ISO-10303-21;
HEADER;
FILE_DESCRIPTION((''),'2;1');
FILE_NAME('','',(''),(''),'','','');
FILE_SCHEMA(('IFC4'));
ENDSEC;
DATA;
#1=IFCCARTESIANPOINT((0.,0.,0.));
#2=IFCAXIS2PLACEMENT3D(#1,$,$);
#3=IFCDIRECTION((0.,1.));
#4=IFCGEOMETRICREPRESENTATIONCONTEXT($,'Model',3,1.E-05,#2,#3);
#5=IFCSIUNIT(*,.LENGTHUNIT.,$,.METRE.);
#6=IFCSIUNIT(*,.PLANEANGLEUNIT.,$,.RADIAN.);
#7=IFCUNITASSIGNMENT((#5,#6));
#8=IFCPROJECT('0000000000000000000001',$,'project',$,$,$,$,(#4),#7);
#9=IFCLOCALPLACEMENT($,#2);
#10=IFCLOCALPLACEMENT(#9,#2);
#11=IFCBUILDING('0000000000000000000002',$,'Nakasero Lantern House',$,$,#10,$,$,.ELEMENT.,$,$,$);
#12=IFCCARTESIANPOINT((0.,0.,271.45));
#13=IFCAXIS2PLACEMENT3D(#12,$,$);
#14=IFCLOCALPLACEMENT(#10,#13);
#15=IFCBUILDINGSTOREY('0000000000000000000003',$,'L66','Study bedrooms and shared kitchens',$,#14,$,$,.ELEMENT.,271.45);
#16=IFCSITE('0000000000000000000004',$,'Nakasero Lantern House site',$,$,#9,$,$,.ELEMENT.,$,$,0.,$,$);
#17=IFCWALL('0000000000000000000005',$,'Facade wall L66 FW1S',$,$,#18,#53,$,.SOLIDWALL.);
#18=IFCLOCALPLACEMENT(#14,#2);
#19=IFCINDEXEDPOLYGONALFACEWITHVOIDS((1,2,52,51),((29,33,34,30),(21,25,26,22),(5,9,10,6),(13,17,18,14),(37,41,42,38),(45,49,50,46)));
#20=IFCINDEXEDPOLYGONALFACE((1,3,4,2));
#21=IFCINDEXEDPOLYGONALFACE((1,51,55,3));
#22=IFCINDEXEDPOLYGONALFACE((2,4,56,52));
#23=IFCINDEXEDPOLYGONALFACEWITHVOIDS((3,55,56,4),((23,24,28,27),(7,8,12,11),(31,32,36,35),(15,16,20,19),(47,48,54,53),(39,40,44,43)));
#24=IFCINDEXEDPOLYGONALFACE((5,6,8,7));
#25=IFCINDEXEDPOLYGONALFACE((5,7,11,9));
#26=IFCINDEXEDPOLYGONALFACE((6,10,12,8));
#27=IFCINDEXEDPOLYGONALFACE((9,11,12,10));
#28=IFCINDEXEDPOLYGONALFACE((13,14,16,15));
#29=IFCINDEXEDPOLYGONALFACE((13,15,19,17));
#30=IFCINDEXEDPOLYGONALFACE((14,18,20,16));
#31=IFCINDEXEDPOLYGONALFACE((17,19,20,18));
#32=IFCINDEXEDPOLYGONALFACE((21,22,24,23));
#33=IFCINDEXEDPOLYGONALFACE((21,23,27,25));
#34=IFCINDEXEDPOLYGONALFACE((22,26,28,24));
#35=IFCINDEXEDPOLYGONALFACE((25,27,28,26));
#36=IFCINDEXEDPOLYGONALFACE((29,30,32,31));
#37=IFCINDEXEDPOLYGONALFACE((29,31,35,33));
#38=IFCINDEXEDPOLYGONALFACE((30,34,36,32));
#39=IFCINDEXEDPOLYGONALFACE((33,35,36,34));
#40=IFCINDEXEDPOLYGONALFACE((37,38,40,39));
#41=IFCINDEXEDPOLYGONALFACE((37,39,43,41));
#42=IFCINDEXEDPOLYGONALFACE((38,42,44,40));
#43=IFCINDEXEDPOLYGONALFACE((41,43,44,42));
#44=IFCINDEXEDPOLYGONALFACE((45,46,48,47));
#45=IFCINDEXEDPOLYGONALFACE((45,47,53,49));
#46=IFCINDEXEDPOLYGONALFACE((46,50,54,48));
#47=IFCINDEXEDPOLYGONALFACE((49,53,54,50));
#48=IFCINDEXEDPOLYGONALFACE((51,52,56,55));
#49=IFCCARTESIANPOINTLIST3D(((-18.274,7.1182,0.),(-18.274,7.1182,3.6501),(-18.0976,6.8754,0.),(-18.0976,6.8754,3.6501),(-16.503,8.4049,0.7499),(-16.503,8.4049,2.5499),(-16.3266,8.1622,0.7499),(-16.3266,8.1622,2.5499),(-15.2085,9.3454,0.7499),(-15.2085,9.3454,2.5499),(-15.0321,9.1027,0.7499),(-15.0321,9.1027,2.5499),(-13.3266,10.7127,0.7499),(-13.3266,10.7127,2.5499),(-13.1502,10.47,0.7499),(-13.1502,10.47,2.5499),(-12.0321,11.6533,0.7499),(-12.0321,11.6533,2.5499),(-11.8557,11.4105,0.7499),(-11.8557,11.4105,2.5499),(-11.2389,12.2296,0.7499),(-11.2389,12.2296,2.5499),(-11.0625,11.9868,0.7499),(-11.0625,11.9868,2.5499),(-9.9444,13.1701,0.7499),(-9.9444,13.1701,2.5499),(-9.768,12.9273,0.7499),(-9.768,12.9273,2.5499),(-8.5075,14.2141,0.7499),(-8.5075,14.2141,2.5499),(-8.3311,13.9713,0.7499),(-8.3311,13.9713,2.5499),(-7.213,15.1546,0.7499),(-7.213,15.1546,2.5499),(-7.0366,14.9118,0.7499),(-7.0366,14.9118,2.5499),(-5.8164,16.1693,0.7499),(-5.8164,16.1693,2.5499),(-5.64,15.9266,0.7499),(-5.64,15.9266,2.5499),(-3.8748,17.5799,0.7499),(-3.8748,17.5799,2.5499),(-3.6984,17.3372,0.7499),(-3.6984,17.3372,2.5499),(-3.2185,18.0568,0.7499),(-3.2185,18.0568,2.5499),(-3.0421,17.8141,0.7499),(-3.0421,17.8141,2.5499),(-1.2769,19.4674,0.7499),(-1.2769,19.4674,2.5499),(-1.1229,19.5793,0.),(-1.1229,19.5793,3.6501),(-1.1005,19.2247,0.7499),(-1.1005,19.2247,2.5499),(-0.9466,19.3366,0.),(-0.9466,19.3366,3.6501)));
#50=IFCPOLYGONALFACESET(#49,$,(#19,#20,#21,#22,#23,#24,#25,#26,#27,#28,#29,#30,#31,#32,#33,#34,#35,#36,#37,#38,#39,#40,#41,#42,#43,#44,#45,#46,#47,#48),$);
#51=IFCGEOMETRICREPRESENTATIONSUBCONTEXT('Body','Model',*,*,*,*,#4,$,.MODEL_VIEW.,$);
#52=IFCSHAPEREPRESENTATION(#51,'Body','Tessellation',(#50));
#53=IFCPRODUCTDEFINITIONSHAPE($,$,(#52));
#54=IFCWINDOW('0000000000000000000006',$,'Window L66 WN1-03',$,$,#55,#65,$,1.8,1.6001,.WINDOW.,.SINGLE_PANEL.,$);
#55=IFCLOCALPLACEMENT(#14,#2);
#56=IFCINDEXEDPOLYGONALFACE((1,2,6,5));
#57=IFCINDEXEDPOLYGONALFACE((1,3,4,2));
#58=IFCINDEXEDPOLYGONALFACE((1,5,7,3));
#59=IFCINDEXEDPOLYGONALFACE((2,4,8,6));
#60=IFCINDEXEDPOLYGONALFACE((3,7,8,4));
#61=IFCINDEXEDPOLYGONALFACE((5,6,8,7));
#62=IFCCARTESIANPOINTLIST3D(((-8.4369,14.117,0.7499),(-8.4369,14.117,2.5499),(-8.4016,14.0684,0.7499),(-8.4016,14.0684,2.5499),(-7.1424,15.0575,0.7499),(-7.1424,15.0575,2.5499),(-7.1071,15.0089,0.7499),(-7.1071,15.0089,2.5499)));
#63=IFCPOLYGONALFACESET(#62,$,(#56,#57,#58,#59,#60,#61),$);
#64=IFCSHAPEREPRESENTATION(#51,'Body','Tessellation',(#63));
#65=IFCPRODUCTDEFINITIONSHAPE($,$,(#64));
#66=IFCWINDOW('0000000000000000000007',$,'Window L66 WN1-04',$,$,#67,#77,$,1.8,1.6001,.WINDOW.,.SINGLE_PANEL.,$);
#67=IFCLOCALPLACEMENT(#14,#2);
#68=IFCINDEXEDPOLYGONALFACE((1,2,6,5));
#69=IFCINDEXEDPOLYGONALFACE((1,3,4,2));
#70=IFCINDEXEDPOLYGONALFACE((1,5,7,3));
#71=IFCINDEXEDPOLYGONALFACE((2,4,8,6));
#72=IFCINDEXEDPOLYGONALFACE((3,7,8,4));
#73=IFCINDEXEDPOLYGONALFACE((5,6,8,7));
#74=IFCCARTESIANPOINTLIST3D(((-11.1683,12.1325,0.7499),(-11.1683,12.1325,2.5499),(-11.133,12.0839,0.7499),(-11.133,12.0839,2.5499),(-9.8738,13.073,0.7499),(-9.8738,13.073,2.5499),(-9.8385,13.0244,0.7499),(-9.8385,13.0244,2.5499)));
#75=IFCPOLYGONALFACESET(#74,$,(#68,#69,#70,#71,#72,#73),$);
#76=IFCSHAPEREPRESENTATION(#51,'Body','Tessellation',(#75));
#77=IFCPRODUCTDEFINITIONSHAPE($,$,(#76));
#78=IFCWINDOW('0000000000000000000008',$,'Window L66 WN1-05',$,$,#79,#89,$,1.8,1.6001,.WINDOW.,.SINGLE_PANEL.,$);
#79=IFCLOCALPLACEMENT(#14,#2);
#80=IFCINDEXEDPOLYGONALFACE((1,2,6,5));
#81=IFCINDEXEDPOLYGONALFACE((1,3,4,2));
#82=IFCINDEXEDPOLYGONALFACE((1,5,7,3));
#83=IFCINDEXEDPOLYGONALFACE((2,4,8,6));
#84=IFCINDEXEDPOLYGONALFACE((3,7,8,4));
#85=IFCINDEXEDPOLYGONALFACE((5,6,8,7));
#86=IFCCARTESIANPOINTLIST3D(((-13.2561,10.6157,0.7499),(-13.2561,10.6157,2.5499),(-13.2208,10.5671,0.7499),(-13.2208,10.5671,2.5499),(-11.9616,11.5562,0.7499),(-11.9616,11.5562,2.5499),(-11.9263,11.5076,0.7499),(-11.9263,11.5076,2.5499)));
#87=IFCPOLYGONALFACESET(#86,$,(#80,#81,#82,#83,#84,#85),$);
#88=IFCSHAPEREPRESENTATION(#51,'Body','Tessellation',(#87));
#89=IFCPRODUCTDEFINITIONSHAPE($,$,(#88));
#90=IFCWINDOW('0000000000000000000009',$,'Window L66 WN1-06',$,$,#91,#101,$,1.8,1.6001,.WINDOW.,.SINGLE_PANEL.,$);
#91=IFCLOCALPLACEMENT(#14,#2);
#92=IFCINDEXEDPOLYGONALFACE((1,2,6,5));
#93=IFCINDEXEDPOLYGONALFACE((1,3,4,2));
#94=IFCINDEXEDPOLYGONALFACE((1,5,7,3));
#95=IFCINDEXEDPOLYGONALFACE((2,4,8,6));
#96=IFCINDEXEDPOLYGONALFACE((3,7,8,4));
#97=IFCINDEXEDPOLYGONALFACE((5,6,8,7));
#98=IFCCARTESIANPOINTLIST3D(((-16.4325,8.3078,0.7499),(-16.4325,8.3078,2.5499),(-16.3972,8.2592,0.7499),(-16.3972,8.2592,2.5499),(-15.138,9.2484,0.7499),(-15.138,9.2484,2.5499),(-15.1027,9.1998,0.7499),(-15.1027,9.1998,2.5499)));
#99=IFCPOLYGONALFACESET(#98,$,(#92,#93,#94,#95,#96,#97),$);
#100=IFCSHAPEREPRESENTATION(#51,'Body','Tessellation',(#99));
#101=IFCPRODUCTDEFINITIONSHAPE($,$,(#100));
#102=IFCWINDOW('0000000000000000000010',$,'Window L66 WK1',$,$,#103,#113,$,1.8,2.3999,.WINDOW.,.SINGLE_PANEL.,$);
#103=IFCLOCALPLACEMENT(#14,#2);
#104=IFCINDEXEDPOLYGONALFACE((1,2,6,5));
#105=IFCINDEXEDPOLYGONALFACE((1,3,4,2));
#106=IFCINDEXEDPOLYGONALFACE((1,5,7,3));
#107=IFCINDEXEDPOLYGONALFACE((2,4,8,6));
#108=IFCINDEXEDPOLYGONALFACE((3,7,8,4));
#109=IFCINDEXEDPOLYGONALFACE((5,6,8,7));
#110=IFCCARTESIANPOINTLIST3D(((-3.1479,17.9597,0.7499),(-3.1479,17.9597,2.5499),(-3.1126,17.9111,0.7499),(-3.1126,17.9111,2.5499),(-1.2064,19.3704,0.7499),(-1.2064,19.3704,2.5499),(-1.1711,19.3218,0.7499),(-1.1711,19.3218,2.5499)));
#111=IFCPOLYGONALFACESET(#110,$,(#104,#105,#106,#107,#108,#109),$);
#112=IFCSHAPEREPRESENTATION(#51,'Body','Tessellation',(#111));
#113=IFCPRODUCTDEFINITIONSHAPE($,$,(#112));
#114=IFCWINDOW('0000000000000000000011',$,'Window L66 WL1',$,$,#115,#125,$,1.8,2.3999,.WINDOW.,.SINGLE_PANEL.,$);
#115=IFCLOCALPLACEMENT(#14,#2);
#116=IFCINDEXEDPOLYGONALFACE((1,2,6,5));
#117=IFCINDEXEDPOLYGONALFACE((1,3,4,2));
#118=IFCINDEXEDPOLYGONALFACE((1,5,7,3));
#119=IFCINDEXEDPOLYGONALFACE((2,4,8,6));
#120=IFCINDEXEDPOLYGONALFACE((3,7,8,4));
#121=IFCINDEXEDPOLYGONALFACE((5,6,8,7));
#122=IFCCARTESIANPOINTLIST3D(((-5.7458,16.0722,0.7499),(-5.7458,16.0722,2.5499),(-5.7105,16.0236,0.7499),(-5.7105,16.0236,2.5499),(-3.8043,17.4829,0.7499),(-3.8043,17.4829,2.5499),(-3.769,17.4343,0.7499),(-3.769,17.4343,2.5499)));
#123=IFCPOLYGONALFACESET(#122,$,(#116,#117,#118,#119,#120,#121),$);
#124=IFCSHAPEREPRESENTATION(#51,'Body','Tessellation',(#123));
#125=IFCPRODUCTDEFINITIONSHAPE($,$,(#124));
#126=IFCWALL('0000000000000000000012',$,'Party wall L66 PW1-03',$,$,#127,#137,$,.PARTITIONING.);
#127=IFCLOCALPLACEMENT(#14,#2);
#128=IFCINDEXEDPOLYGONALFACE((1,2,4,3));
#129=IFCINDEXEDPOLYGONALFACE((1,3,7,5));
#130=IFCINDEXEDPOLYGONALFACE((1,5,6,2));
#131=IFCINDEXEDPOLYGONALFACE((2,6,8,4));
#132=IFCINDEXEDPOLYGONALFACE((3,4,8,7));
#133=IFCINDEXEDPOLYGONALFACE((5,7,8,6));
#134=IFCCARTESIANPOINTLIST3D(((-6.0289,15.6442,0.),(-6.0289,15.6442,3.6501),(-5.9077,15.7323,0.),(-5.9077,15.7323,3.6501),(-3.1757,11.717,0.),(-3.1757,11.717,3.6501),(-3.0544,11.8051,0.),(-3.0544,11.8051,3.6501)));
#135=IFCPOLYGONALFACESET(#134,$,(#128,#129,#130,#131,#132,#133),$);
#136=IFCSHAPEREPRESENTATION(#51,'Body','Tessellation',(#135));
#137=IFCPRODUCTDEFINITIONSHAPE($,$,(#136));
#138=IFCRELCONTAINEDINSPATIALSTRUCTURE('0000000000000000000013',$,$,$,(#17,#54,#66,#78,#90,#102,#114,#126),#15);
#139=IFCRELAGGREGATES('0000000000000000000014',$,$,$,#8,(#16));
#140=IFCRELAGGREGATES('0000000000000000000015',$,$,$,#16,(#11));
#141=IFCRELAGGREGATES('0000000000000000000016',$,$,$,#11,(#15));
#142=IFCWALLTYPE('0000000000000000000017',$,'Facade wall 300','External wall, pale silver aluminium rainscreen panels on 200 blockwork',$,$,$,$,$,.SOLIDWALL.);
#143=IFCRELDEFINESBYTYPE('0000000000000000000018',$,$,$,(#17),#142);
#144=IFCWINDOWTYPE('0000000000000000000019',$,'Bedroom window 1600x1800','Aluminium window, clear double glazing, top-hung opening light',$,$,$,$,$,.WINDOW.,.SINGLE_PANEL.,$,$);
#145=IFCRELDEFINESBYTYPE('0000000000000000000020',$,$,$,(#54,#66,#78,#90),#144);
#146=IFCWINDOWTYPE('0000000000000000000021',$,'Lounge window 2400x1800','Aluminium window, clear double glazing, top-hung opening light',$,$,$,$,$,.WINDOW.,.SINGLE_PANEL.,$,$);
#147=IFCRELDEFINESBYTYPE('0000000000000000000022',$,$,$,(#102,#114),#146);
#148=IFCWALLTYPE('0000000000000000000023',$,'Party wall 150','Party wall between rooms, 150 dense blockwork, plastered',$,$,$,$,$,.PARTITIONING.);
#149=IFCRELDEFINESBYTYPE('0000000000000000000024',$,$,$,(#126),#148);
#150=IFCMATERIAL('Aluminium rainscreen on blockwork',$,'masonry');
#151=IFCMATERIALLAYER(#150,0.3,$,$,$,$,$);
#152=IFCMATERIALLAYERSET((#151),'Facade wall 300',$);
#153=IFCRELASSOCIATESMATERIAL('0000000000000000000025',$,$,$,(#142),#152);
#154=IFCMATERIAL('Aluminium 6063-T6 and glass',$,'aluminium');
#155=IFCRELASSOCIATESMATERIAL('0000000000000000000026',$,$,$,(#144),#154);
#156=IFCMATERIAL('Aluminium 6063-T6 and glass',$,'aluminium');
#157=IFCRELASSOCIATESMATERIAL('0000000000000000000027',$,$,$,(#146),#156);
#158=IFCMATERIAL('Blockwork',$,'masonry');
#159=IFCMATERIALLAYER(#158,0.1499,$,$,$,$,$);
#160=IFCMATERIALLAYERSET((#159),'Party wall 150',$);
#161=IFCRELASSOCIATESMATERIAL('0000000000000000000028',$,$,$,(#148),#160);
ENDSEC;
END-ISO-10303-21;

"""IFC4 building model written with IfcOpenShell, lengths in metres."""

from ifc_helpers import new_model, si_unit, direction, frame, frame_2d, origin, place, context, subcontext, project, spatial, rectangle, extrude, material, layer, layer_set, type_object, element, fill, save


model = new_model("IFC4")

# Units and contexts
model_context = context("Model", 3, precision=1e-05, world=origin(), true_north=direction((0.0, 1.0)))
body_context = subcontext(model_context, "Body", "Model", "MODEL_VIEW")
ifc_project = project(units=[si_unit("LENGTHUNIT", "METRE"), si_unit("PLANEANGLEUNIT", "RADIAN")], contexts=[model_context])

# Site, building, storey
site_placement = place(None, origin())
site = spatial("IfcSite", under=ifc_project, at=site_placement, Name="Nakasero Lantern House site", CompositionType="ELEMENT", RefElevation=0.0)
building_placement = place(site_placement, origin())
building = spatial("IfcBuilding", under=site, at=building_placement, Name="Nakasero Lantern House", CompositionType="ELEMENT")
storey_placement = place(building_placement, frame((0.0, 0.0, 271.45)))
storey = spatial("IfcBuildingStorey", under=building, at=storey_placement, Name="L66", Description="Study bedrooms and shared kitchens", CompositionType="ELEMENT", Elevation=271.45)

# Wall, openings, windows
ifc_material_1 = material(Name="Aluminium rainscreen on blockwork", Category="masonry")
ifc_layer_1 = layer(ifc_material_1, 0.3)
ifc_layer_set_1 = layer_set([ifc_layer_1], Name="Facade wall 300")
wall_type_1 = type_object("IfcWallType", Name="Facade wall 300", Description="External wall, pale silver aluminium rainscreen panels on 200 blockwork", PredefinedType="SOLIDWALL", material=ifc_layer_set_1)
wall_1_placement = place(storey_placement, frame((-1.0347, 19.458, 0.0), z_axis=(0.0, 0.0, 1.0), x_axis=(-0.809013, -0.58779, 0.0)))
wall_1 = element("IfcWall", 1, at=wall_1_placement, inside=storey, type_object=wall_type_1, Name="Facade wall L66 FW1S", PredefinedType="SOLIDWALL", context=body_context, shape_type="SweptSolid", body=[
    extrude(rectangle(XDim=21.2, YDim=0.3, at=frame_2d((10.6001, 0.0))), origin(), (0.0, 0.0, 1.0), 3.6501),
])
opening_1_placement = place(wall_1_placement, frame((7.5278, 0.0, 0.75)))
opening_1 = element("IfcOpeningElement", 2, at=opening_1_placement, cuts=wall_1, PredefinedType="OPENING", context=body_context, shape_type="SweptSolid", body=[
    extrude(rectangle(XDim=1.6001, YDim=1.8, at=frame_2d((0.8, 0.8999))), frame((0.0, 0.1699, 0.0), z_axis=(0.0, -1.0, 0.0), x_axis=(1.0, 0.0, 0.0)), (0.0, 0.0, 1.0), 0.3401),
])
opening_2_placement = place(wall_1_placement, frame((10.9041, 0.0, 0.75)))
opening_2 = element("IfcOpeningElement", 3, at=opening_2_placement, cuts=wall_1, PredefinedType="OPENING", context=body_context, shape_type="SweptSolid", body=[
    extrude(rectangle(XDim=1.6001, YDim=1.8, at=frame_2d((0.8, 0.8999))), frame((0.0, 0.1699, 0.0), z_axis=(0.0, -1.0, 0.0), x_axis=(1.0, 0.0, 0.0)), (0.0, 0.0, 1.0), 0.3401),
])
opening_3_placement = place(wall_1_placement, frame((13.4846, 0.0, 0.75)))
opening_3 = element("IfcOpeningElement", 4, at=opening_3_placement, cuts=wall_1, PredefinedType="OPENING", context=body_context, shape_type="SweptSolid", body=[
    extrude(rectangle(XDim=1.6001, YDim=1.8, at=frame_2d((0.8, 0.8999))), frame((0.0, 0.1699, 0.0), z_axis=(0.0, -1.0, 0.0), x_axis=(1.0, 0.0, 0.0)), (0.0, 0.0, 1.0), 0.3401),
])
opening_4_placement = place(wall_1_placement, frame((17.4109, 0.0, 0.75)))
opening_4 = element("IfcOpeningElement", 5, at=opening_4_placement, cuts=wall_1, PredefinedType="OPENING", context=body_context, shape_type="SweptSolid", body=[
    extrude(rectangle(XDim=1.6001, YDim=1.8, at=frame_2d((0.8, 0.8999))), frame((0.0, 0.1699, 0.0), z_axis=(0.0, -1.0, 0.0), x_axis=(1.0, 0.0, 0.0)), (0.0, 0.0, 1.0), 0.3401),
])
opening_5_placement = place(wall_1_placement, frame((0.1904, 0.0, 0.75)))
opening_5 = element("IfcOpeningElement", 6, at=opening_5_placement, cuts=wall_1, PredefinedType="OPENING", context=body_context, shape_type="SweptSolid", body=[
    extrude(rectangle(XDim=2.3999, YDim=1.8, at=frame_2d((1.2, 0.8999))), frame((0.0, 0.1699, 0.0), z_axis=(0.0, -1.0, 0.0), x_axis=(1.0, 0.0, 0.0)), (0.0, 0.0, 1.0), 0.3401),
])
opening_6_placement = place(wall_1_placement, frame((3.4016, 0.0, 0.75)))
opening_6 = element("IfcOpeningElement", 7, at=opening_6_placement, cuts=wall_1, PredefinedType="OPENING", context=body_context, shape_type="SweptSolid", body=[
    extrude(rectangle(XDim=2.3999, YDim=1.8, at=frame_2d((1.2, 0.8999))), frame((0.0, 0.1699, 0.0), z_axis=(0.0, -1.0, 0.0), x_axis=(1.0, 0.0, 0.0)), (0.0, 0.0, 1.0), 0.3401),
])
ifc_material_2 = material(Name="Aluminium 6063-T6 and glass", Category="aluminium")
window_type_1 = type_object("IfcWindowType", Name="Bedroom window 1600x1800", Description="Aluminium window, clear double glazing, top-hung opening light", PartitioningType="SINGLE_PANEL", PredefinedType="WINDOW", material=ifc_material_2)
window_1_placement = place(opening_1_placement, origin())
window_1 = element("IfcWindow", 8, at=window_1_placement, inside=storey, type_object=window_type_1, Name="Window L66 WN1-03", OverallHeight=1.8, OverallWidth=1.6001, PartitioningType="SINGLE_PANEL", PredefinedType="WINDOW", context=body_context, shape_type="SweptSolid", body=[
    extrude(rectangle(XDim=1.6001, YDim=1.8, at=frame_2d((0.8, 0.8999))), frame((0.0, 0.03, 0.0), z_axis=(0.0, -1.0, 0.0), x_axis=(1.0, 0.0, 0.0)), (0.0, 0.0, 1.0), 0.0601),
])
fill(opening_1, window_1)
window_2_placement = place(opening_2_placement, origin())
window_2 = element("IfcWindow", 9, at=window_2_placement, inside=storey, type_object=window_type_1, Name="Window L66 WN1-04", OverallHeight=1.8, OverallWidth=1.6001, PartitioningType="SINGLE_PANEL", PredefinedType="WINDOW", context=body_context, shape_type="SweptSolid", body=[
    extrude(rectangle(XDim=1.6001, YDim=1.8, at=frame_2d((0.8, 0.8999))), frame((0.0, 0.03, 0.0), z_axis=(0.0, -1.0, 0.0), x_axis=(1.0, 0.0, 0.0)), (0.0, 0.0, 1.0), 0.0601),
])
fill(opening_2, window_2)
window_3_placement = place(opening_3_placement, origin())
window_3 = element("IfcWindow", 10, at=window_3_placement, inside=storey, type_object=window_type_1, Name="Window L66 WN1-05", OverallHeight=1.8, OverallWidth=1.6001, PartitioningType="SINGLE_PANEL", PredefinedType="WINDOW", context=body_context, shape_type="SweptSolid", body=[
    extrude(rectangle(XDim=1.6001, YDim=1.8, at=frame_2d((0.8, 0.8999))), frame((0.0, 0.03, 0.0), z_axis=(0.0, -1.0, 0.0), x_axis=(1.0, 0.0, 0.0)), (0.0, 0.0, 1.0), 0.0601),
])
fill(opening_3, window_3)
window_4_placement = place(opening_4_placement, origin())
window_4 = element("IfcWindow", 11, at=window_4_placement, inside=storey, type_object=window_type_1, Name="Window L66 WN1-06", OverallHeight=1.8, OverallWidth=1.6001, PartitioningType="SINGLE_PANEL", PredefinedType="WINDOW", context=body_context, shape_type="SweptSolid", body=[
    extrude(rectangle(XDim=1.6001, YDim=1.8, at=frame_2d((0.8, 0.8999))), frame((0.0, 0.03, 0.0), z_axis=(0.0, -1.0, 0.0), x_axis=(1.0, 0.0, 0.0)), (0.0, 0.0, 1.0), 0.0601),
])
fill(opening_4, window_4)
ifc_material_3 = material(Name="Aluminium 6063-T6 and glass", Category="aluminium")
window_type_2 = type_object("IfcWindowType", Name="Lounge window 2400x1800", Description="Aluminium window, clear double glazing, top-hung opening light", PartitioningType="SINGLE_PANEL", PredefinedType="WINDOW", material=ifc_material_3)
window_5_placement = place(opening_5_placement, origin())
window_5 = element("IfcWindow", 12, at=window_5_placement, inside=storey, type_object=window_type_2, Name="Window L66 WK1", OverallHeight=1.8, OverallWidth=2.3999, PartitioningType="SINGLE_PANEL", PredefinedType="WINDOW", context=body_context, shape_type="SweptSolid", body=[
    extrude(rectangle(XDim=2.3999, YDim=1.8, at=frame_2d((1.2, 0.8999))), frame((0.0, 0.03, 0.0), z_axis=(0.0, -1.0, 0.0), x_axis=(1.0, 0.0, 0.0)), (0.0, 0.0, 1.0), 0.0601),
])
fill(opening_5, window_5)
window_6_placement = place(opening_6_placement, origin())
window_6 = element("IfcWindow", 13, at=window_6_placement, inside=storey, type_object=window_type_2, Name="Window L66 WL1", OverallHeight=1.8, OverallWidth=2.3999, PartitioningType="SINGLE_PANEL", PredefinedType="WINDOW", context=body_context, shape_type="SweptSolid", body=[
    extrude(rectangle(XDim=2.3999, YDim=1.8, at=frame_2d((1.2, 0.8999))), frame((0.0, 0.03, 0.0), z_axis=(0.0, -1.0, 0.0), x_axis=(1.0, 0.0, 0.0)), (0.0, 0.0, 1.0), 0.0601),
])
fill(opening_6, window_6)

# Wall
ifc_material_4 = material(Name="Blockwork", Category="masonry")
ifc_layer_2 = layer(ifc_material_4, 0.1499)
ifc_layer_set_2 = layer_set([ifc_layer_2], Name="Party wall 150")
wall_type_2 = type_object("IfcWallType", Name="Party wall 150", Description="Party wall between rooms, 150 dense blockwork, plastered", PredefinedType="PARTITIONING", material=ifc_layer_set_2)
wall_2_placement = place(storey_placement, frame((-3.115, 11.761, 0.0), z_axis=(0.0, 0.0, 1.0), x_axis=(-0.58778, 0.809021, 0.0)))
element("IfcWall", 14, at=wall_2_placement, inside=storey, type_object=wall_type_2, Name="Party wall L66 PW1-03", PredefinedType="PARTITIONING", context=body_context, shape_type="SweptSolid", body=[
    extrude(rectangle(XDim=4.8542, YDim=0.1499, at=frame_2d((2.4272, 0.0))), origin(), (0.0, 0.0, 1.0), 3.6501),
])

save(model, "model.ifc")
